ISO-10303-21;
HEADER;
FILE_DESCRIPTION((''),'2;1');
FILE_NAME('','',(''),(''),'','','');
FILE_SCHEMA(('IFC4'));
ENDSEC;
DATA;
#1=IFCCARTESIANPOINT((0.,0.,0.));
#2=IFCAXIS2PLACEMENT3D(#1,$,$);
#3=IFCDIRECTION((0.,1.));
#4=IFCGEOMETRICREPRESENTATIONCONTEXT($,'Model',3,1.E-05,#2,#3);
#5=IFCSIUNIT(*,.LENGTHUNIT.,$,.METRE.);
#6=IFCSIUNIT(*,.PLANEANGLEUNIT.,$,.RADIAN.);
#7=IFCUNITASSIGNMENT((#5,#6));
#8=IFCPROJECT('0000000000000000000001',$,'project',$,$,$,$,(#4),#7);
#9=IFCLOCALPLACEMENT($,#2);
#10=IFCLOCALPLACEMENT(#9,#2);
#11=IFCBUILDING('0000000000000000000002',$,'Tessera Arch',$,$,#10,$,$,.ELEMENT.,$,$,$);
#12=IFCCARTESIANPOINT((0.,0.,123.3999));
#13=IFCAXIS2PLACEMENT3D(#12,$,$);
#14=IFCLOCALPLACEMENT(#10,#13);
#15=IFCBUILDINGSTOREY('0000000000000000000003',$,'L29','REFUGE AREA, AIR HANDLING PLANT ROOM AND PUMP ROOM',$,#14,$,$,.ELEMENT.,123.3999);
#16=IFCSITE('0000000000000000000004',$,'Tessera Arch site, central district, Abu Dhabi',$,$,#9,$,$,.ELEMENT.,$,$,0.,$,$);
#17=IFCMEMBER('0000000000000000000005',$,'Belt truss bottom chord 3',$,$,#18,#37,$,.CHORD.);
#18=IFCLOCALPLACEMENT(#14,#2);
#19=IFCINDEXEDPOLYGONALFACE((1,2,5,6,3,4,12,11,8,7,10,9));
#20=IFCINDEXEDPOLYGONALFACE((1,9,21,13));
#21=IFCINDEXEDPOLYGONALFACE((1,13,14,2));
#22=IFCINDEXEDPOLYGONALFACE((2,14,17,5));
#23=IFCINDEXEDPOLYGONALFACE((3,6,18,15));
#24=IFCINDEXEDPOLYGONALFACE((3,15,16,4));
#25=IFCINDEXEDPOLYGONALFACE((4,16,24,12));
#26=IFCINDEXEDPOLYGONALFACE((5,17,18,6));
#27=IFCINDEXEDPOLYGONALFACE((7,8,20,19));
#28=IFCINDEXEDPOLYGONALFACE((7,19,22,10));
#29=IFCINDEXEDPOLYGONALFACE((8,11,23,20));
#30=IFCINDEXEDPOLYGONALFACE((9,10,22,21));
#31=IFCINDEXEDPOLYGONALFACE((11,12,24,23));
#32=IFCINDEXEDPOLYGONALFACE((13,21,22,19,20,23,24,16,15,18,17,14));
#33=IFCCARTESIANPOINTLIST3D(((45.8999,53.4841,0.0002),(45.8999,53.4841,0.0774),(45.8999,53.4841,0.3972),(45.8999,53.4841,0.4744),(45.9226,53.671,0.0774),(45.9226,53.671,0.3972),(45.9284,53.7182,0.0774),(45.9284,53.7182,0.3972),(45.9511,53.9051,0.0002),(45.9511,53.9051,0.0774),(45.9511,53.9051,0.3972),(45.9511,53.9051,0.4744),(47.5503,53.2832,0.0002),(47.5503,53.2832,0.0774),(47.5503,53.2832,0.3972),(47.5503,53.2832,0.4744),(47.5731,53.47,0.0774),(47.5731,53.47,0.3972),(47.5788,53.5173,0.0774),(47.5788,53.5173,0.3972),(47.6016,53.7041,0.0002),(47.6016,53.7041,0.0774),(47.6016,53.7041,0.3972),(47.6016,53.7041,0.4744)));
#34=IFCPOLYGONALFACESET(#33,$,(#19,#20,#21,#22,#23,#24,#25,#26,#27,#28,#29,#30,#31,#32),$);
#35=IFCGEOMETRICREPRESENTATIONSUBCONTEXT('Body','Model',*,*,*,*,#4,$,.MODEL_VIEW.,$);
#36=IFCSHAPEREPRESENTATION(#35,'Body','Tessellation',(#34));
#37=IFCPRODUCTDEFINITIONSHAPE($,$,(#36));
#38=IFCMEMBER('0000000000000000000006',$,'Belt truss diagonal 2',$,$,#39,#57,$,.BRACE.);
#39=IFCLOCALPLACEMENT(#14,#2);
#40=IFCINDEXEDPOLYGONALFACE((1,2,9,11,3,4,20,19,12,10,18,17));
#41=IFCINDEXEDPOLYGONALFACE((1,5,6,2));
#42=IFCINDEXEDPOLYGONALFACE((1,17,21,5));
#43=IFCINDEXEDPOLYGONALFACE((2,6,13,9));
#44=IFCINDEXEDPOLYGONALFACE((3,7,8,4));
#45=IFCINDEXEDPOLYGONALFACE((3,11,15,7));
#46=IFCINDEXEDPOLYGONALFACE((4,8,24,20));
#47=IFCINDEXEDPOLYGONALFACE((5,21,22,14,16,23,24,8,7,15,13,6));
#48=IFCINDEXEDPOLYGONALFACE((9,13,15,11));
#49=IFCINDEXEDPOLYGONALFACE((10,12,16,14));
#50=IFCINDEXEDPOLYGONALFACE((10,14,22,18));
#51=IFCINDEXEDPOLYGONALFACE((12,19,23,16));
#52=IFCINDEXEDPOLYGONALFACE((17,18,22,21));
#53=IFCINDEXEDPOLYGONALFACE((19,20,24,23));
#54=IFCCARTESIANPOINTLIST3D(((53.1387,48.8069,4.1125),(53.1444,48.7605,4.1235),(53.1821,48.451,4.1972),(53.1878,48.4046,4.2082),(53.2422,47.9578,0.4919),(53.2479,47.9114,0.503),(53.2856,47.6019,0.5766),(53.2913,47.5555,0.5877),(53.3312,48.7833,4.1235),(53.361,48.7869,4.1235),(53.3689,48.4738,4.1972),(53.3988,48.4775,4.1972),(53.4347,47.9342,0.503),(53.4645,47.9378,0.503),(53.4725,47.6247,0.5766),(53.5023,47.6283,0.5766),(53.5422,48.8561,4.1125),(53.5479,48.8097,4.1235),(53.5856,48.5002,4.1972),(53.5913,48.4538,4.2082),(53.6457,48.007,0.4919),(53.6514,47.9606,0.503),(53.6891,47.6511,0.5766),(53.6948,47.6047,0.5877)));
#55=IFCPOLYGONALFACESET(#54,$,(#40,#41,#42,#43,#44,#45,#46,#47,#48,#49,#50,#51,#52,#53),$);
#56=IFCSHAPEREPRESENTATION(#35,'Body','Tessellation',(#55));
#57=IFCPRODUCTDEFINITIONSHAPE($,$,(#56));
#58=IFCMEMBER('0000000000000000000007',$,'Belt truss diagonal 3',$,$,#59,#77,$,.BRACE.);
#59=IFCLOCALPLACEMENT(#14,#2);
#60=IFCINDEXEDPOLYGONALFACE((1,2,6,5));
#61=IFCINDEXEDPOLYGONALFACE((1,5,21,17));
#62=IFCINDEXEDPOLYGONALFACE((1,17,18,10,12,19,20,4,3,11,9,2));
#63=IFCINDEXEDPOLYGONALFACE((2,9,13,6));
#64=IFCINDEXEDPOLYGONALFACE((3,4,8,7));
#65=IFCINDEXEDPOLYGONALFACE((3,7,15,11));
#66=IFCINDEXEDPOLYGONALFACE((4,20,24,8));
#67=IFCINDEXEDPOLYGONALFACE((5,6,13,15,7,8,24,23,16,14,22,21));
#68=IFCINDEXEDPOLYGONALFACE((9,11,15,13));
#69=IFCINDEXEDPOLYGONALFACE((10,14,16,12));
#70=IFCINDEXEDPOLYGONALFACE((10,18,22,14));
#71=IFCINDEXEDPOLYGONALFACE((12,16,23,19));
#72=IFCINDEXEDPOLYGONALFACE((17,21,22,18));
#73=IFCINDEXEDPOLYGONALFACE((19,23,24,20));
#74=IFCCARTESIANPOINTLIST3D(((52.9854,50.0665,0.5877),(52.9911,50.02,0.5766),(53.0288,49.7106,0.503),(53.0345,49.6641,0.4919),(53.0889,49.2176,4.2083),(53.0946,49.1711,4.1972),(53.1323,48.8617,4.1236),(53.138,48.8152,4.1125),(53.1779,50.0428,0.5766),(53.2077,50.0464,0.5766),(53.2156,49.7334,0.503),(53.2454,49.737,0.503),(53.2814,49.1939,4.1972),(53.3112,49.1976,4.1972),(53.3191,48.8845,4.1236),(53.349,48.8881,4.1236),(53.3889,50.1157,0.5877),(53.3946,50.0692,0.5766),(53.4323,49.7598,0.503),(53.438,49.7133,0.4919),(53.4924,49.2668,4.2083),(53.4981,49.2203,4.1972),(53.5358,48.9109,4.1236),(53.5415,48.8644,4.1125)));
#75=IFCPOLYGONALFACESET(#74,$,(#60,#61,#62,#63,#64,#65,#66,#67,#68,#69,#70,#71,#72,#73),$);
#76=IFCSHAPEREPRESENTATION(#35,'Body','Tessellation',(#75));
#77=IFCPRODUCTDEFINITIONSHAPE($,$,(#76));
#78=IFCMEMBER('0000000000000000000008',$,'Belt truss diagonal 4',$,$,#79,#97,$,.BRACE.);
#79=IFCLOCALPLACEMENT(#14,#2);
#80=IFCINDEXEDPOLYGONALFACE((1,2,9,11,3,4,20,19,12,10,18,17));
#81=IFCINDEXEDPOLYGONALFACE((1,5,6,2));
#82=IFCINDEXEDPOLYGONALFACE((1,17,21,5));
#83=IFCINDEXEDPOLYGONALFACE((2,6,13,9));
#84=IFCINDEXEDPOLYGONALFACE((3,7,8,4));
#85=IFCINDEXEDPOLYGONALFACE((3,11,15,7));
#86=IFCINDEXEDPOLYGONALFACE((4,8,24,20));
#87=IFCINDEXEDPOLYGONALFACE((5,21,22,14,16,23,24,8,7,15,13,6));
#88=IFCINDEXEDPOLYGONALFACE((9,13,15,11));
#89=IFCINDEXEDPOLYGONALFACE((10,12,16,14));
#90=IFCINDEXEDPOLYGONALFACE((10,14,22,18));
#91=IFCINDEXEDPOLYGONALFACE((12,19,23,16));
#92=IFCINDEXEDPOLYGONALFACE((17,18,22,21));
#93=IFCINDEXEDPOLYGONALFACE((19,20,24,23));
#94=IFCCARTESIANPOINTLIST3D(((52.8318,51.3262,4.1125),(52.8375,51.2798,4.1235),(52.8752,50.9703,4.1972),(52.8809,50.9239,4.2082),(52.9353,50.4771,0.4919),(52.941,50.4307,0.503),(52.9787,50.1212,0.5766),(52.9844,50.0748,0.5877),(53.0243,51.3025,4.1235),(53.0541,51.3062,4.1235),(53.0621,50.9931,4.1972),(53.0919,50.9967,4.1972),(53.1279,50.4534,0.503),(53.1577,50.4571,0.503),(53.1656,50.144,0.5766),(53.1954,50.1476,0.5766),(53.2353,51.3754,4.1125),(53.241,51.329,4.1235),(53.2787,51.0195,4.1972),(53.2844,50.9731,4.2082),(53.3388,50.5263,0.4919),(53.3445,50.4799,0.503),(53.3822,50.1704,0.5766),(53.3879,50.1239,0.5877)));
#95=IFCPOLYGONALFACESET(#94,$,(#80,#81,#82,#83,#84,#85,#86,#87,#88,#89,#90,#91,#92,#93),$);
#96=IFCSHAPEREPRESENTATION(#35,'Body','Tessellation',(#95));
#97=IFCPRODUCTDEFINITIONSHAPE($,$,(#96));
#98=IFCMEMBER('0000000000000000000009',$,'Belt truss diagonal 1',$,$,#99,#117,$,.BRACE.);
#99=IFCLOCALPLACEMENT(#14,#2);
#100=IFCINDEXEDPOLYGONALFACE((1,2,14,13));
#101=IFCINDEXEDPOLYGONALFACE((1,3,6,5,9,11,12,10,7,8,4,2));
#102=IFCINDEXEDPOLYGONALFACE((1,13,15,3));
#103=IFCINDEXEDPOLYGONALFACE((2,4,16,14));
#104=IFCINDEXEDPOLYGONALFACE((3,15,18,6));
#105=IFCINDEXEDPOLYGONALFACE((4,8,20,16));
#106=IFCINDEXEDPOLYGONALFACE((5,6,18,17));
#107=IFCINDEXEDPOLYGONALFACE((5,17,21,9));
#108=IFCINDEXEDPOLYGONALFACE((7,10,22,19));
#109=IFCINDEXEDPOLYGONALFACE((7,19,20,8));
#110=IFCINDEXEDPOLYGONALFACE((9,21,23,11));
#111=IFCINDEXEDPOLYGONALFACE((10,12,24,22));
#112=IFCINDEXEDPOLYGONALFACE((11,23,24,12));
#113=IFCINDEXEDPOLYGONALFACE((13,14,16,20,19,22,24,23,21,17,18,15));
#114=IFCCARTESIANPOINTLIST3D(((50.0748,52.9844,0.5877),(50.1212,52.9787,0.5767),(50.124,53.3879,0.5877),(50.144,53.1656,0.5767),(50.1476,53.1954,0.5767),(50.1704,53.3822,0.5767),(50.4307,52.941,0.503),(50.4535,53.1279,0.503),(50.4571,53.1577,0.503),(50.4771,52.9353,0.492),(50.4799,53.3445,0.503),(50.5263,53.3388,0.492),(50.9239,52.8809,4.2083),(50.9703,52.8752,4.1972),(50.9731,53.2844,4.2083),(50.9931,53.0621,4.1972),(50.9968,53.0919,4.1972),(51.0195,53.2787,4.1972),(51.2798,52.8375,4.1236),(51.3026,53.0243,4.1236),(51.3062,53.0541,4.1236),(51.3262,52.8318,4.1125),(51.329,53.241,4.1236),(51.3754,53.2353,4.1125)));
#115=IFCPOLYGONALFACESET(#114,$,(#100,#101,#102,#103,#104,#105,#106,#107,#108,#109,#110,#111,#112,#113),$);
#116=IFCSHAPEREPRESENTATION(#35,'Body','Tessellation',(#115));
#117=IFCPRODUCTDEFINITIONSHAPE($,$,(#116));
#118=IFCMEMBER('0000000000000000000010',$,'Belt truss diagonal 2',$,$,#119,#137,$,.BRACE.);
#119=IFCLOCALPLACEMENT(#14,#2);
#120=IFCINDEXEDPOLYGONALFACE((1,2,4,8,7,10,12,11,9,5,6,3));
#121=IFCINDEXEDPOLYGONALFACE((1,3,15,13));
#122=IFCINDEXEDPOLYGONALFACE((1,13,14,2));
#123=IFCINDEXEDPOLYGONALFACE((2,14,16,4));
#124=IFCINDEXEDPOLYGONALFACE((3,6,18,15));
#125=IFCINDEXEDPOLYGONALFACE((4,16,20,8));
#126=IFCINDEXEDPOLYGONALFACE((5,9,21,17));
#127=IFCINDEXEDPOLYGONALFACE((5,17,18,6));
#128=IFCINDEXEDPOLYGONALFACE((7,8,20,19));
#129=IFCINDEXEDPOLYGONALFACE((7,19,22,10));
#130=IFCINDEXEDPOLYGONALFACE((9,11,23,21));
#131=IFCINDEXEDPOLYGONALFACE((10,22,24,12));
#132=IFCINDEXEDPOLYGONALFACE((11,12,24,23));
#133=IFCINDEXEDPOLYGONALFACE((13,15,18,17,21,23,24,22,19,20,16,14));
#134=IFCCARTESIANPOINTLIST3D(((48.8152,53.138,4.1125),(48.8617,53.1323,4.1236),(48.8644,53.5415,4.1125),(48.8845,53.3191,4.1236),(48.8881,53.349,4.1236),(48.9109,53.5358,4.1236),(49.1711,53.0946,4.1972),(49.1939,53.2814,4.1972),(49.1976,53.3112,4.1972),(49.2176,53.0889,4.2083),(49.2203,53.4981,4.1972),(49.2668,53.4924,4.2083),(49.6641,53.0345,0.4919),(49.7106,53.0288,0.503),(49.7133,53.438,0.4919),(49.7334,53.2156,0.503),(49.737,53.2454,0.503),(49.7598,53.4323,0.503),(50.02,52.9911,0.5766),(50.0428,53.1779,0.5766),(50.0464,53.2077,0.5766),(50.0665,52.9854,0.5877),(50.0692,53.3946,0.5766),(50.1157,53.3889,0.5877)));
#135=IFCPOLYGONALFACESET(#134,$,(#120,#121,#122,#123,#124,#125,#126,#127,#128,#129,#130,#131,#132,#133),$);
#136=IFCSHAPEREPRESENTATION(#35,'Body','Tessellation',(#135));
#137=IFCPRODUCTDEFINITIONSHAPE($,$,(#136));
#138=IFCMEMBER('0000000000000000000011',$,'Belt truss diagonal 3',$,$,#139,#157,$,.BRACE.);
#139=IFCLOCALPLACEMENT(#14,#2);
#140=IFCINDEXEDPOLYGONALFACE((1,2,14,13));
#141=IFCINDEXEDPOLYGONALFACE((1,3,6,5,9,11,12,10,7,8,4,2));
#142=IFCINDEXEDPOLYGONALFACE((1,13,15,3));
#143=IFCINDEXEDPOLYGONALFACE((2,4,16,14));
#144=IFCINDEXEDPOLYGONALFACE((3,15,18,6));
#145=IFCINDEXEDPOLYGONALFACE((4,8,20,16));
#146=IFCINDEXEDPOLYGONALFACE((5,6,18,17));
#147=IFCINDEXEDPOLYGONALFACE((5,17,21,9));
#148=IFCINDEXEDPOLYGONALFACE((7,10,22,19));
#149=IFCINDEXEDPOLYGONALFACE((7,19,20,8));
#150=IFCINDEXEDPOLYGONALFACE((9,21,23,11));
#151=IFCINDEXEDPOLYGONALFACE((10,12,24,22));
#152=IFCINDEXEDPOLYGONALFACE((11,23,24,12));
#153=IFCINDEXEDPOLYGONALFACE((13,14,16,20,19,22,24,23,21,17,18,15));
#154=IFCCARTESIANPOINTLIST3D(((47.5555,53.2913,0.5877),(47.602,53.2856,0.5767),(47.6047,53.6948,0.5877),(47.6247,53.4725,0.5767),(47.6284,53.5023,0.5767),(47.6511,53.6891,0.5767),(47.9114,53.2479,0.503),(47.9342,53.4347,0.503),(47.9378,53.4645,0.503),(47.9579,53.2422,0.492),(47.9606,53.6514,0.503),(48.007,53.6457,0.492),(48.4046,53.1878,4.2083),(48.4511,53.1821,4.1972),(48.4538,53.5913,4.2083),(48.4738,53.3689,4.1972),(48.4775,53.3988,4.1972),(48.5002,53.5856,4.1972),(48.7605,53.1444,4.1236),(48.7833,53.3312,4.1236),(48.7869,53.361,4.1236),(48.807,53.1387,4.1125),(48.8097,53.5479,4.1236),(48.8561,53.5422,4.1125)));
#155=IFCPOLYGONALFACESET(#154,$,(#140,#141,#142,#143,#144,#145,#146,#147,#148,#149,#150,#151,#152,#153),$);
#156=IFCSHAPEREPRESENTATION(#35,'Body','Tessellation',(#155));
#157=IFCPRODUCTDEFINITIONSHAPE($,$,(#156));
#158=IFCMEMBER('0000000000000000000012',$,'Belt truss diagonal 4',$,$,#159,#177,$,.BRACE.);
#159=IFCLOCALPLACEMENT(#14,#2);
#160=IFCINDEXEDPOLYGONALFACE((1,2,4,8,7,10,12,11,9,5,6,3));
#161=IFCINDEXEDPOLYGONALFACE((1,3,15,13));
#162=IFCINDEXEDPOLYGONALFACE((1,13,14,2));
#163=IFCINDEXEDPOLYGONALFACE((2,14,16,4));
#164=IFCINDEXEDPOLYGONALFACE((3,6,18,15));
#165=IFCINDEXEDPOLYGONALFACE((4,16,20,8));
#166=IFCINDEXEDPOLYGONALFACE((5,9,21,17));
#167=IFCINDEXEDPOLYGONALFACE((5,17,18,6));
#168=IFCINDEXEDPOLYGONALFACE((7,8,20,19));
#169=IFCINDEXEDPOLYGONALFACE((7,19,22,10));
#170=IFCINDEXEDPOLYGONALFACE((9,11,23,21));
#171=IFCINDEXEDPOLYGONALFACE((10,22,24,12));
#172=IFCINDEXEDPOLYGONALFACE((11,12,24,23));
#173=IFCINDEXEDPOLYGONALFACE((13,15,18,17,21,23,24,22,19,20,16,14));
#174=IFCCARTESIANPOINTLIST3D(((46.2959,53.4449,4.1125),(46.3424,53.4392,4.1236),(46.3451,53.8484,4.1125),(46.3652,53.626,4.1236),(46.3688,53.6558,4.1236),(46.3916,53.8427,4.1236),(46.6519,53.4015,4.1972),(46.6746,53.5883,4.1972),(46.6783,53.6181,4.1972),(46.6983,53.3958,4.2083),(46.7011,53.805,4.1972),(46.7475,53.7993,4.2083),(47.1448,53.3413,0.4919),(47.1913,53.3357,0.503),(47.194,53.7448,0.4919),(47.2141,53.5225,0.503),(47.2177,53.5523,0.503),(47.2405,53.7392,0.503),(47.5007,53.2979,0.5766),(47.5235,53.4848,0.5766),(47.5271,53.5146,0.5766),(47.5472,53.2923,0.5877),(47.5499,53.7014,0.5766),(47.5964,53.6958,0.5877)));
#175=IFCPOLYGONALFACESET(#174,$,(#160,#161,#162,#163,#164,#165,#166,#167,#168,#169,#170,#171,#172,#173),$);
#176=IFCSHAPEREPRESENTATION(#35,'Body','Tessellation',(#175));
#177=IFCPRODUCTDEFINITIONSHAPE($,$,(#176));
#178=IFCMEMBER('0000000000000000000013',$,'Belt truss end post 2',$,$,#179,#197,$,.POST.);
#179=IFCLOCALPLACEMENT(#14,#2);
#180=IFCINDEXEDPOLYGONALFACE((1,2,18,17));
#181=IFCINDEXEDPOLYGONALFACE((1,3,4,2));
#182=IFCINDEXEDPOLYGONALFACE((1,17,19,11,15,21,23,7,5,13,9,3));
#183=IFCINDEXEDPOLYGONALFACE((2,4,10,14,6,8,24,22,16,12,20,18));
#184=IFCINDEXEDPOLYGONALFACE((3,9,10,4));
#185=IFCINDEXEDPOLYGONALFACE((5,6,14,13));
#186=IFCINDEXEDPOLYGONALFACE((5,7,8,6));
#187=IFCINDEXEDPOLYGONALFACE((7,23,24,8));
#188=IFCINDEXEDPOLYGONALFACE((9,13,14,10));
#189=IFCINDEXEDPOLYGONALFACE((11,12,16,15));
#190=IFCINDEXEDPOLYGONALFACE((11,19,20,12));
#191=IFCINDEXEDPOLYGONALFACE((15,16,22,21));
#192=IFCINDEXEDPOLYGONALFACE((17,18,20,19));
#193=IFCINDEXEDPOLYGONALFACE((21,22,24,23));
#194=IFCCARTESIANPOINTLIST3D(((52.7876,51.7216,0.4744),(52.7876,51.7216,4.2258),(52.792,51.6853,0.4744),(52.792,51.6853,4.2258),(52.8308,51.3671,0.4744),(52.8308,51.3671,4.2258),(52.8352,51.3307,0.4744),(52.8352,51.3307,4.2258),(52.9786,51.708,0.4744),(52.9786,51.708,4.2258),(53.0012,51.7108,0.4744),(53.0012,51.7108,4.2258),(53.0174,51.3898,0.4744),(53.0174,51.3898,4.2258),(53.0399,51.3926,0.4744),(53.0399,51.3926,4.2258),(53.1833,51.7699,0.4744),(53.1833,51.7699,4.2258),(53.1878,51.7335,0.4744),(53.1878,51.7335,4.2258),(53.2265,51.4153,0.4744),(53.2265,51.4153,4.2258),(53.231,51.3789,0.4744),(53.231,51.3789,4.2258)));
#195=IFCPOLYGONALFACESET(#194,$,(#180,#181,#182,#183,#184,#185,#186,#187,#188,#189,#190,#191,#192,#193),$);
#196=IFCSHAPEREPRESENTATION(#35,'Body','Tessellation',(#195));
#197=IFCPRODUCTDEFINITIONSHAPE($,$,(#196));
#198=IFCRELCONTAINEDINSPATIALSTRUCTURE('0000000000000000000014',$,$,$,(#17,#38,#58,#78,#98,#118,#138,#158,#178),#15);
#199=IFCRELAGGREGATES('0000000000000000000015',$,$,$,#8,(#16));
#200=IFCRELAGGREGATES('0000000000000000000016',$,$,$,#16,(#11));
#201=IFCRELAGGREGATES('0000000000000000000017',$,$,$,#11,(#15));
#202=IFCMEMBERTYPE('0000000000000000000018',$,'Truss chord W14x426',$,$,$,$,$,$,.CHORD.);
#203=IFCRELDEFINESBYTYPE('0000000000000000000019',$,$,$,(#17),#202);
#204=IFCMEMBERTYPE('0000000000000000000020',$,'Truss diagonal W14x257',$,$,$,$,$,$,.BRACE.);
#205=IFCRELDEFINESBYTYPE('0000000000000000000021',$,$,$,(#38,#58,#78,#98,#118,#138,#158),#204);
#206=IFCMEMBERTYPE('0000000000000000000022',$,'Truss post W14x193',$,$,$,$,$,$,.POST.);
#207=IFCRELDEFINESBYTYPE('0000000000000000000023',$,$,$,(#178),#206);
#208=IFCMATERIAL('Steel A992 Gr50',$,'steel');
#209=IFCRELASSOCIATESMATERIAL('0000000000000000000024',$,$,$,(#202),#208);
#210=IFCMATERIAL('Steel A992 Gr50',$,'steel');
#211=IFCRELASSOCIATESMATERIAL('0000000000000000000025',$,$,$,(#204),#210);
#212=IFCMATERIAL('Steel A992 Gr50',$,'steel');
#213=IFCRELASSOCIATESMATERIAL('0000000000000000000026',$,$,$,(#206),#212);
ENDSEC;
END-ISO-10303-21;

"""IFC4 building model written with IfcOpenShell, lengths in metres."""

from ifc_helpers import new_model, si_unit, direction, frame, origin, origin_2d, place, context, subcontext, project, spatial, i_section, extrude, material, material_profile, profile_set, type_object, element, save


model = new_model("IFC4")

# Units and contexts
model_context = context("Model", 3, precision=1e-05, world=origin(), true_north=direction((0.0, 1.0)))
body_context = subcontext(model_context, "Body", "Model", "MODEL_VIEW")
ifc_project = project(units=[si_unit("LENGTHUNIT", "METRE"), si_unit("PLANEANGLEUNIT", "RADIAN")], contexts=[model_context])

# Site, building, storey
site_placement = place(None, origin())
site = spatial("IfcSite", under=ifc_project, at=site_placement, Name="Tessera Arch site, central district, Abu Dhabi", CompositionType="ELEMENT", RefElevation=0.0)
building_placement = place(site_placement, origin())
building = spatial("IfcBuilding", under=site, at=building_placement, Name="Tessera Arch", CompositionType="ELEMENT")
storey_placement = place(building_placement, frame((0.0, 0.0, 123.3999)))
storey = spatial("IfcBuildingStorey", under=building, at=storey_placement, Name="L29", Description="REFUGE AREA, AIR HANDLING PLANT ROOM AND PUMP ROOM", CompositionType="ELEMENT", Elevation=123.3999)

# Members
ifc_material_1 = material(Name="Steel A992 Gr50", Category="steel")
ifc_material_profile_1 = material_profile(ifc_material_1, i_section(OverallWidth=0.4241, OverallDepth=0.4741, WebThickness=0.0476, FlangeThickness=0.0771, at=origin_2d()), Name="W14x426")
ifc_profile_set_1 = profile_set([ifc_material_profile_1], Name="Steel A992 Gr50")
member_type_1 = type_object("IfcMemberType", Name="Truss chord W14x426", PredefinedType="CHORD", material=ifc_profile_set_1)
member_1_placement = place(storey_placement, frame((47.5759, 53.4937, 0.2373), z_axis=(-0.99267, 0.120853, 0.0), x_axis=(-0.120853, -0.99267, 0.0)))
element("IfcMember", 1, at=member_1_placement, inside=storey, type_object=member_type_1, Name="Belt truss bottom chord 3", PredefinedType="CHORD", context=body_context, shape_type="SweptSolid", body=[
    extrude(i_section(OverallWidth=0.4241, OverallDepth=0.4741, WebThickness=0.0476, FlangeThickness=0.0771, at=origin_2d()), origin(), (0.0, 0.0, 1.0), 1.6626),
])
ifc_material_2 = material(Name="Steel A992 Gr50", Category="steel")
ifc_material_profile_2 = material_profile(ifc_material_2, i_section(OverallWidth=0.4065, OverallDepth=0.4165, WebThickness=0.03, FlangeThickness=0.0481, at=origin_2d()), Name="W14x257")
ifc_profile_set_2 = profile_set([ifc_material_profile_2], Name="Steel A992 Gr50")
member_type_2 = type_object("IfcMemberType", Name="Truss diagonal W14x257", PredefinedType="BRACE", material=ifc_profile_set_2)
for number, where, z_axis, x_axis, name in (
    (2, (53.4685, 47.7812, 0.5398), (-0.027825, 0.228241, 0.973207), (-0.992651, -0.121013, 0.0), "Belt truss diagonal 2"),
    (3, (53.3152, 49.041, 4.1604), (-0.027825, 0.228179, -0.973222), (-0.992647, -0.121048, 0.0), "Belt truss diagonal 3"),
    (4, (53.1616, 50.3005, 0.5398), (-0.027825, 0.228241, 0.973207), (-0.992651, -0.121013, 0.0), "Belt truss diagonal 4"),
    (5, (51.1497, 53.0581, 4.1604), (-0.228241, 0.027825, -0.973207), (-0.121013, -0.992651, 0.0), "Belt truss diagonal 1"),
    (6, (49.8899, 53.2117, 0.5398), (-0.228179, 0.027825, 0.973222), (-0.121048, -0.992647, 0.0), "Belt truss diagonal 2"),
    (7, (48.6304, 53.365, 4.1604), (-0.228241, 0.027825, -0.973207), (-0.121013, -0.992651, 0.0), "Belt truss diagonal 3"),
    (8, (47.3706, 53.5186, 0.5398), (-0.228179, 0.027825, 0.973222), (-0.121048, -0.992647, 0.0), "Belt truss diagonal 4"),
):
    element("IfcMember", number, at=place(storey_placement, frame(where, z_axis=z_axis, x_axis=x_axis)), inside=storey, type_object=member_type_2, Name=name, PredefinedType="BRACE", context=body_context, shape_type="SweptSolid", body=[
        extrude(i_section(OverallWidth=0.4065, OverallDepth=0.4165, WebThickness=0.03, FlangeThickness=0.0481, at=origin_2d()), origin(), (0.0, 0.0, 1.0), 3.7202),
    ])
ifc_material_3 = material(Name="Steel A992 Gr50", Category="steel")
ifc_material_profile_3 = material_profile(ifc_material_3, i_section(OverallWidth=0.3987, OverallDepth=0.3938, WebThickness=0.0227, FlangeThickness=0.0366, at=origin_2d()), Name="W14x193")
ifc_profile_set_3 = profile_set([ifc_material_profile_3], Name="Steel A992 Gr50")
member_type_3 = type_object("IfcMemberType", Name="Truss post W14x193", PredefinedType="POST", material=ifc_profile_set_3)
for number, where, z_axis, x_axis, name in (
    (9, (53.0093, 51.5503, 0.4744), (0.0, 0.0, 1.0), (0.992658, 0.120952, 0.0), "Belt truss end post 2"),
):
    element("IfcMember", number, at=place(storey_placement, frame(where, z_axis=z_axis, x_axis=x_axis)), inside=storey, type_object=member_type_3, Name=name, PredefinedType="POST", context=body_context, shape_type="SweptSolid", body=[
        extrude(i_section(OverallWidth=0.3987, OverallDepth=0.3938, WebThickness=0.0227, FlangeThickness=0.0366, at=origin_2d()), origin(), (0.0, 0.0, 1.0), 3.7515),
    ])

save(model, "model.ifc")
